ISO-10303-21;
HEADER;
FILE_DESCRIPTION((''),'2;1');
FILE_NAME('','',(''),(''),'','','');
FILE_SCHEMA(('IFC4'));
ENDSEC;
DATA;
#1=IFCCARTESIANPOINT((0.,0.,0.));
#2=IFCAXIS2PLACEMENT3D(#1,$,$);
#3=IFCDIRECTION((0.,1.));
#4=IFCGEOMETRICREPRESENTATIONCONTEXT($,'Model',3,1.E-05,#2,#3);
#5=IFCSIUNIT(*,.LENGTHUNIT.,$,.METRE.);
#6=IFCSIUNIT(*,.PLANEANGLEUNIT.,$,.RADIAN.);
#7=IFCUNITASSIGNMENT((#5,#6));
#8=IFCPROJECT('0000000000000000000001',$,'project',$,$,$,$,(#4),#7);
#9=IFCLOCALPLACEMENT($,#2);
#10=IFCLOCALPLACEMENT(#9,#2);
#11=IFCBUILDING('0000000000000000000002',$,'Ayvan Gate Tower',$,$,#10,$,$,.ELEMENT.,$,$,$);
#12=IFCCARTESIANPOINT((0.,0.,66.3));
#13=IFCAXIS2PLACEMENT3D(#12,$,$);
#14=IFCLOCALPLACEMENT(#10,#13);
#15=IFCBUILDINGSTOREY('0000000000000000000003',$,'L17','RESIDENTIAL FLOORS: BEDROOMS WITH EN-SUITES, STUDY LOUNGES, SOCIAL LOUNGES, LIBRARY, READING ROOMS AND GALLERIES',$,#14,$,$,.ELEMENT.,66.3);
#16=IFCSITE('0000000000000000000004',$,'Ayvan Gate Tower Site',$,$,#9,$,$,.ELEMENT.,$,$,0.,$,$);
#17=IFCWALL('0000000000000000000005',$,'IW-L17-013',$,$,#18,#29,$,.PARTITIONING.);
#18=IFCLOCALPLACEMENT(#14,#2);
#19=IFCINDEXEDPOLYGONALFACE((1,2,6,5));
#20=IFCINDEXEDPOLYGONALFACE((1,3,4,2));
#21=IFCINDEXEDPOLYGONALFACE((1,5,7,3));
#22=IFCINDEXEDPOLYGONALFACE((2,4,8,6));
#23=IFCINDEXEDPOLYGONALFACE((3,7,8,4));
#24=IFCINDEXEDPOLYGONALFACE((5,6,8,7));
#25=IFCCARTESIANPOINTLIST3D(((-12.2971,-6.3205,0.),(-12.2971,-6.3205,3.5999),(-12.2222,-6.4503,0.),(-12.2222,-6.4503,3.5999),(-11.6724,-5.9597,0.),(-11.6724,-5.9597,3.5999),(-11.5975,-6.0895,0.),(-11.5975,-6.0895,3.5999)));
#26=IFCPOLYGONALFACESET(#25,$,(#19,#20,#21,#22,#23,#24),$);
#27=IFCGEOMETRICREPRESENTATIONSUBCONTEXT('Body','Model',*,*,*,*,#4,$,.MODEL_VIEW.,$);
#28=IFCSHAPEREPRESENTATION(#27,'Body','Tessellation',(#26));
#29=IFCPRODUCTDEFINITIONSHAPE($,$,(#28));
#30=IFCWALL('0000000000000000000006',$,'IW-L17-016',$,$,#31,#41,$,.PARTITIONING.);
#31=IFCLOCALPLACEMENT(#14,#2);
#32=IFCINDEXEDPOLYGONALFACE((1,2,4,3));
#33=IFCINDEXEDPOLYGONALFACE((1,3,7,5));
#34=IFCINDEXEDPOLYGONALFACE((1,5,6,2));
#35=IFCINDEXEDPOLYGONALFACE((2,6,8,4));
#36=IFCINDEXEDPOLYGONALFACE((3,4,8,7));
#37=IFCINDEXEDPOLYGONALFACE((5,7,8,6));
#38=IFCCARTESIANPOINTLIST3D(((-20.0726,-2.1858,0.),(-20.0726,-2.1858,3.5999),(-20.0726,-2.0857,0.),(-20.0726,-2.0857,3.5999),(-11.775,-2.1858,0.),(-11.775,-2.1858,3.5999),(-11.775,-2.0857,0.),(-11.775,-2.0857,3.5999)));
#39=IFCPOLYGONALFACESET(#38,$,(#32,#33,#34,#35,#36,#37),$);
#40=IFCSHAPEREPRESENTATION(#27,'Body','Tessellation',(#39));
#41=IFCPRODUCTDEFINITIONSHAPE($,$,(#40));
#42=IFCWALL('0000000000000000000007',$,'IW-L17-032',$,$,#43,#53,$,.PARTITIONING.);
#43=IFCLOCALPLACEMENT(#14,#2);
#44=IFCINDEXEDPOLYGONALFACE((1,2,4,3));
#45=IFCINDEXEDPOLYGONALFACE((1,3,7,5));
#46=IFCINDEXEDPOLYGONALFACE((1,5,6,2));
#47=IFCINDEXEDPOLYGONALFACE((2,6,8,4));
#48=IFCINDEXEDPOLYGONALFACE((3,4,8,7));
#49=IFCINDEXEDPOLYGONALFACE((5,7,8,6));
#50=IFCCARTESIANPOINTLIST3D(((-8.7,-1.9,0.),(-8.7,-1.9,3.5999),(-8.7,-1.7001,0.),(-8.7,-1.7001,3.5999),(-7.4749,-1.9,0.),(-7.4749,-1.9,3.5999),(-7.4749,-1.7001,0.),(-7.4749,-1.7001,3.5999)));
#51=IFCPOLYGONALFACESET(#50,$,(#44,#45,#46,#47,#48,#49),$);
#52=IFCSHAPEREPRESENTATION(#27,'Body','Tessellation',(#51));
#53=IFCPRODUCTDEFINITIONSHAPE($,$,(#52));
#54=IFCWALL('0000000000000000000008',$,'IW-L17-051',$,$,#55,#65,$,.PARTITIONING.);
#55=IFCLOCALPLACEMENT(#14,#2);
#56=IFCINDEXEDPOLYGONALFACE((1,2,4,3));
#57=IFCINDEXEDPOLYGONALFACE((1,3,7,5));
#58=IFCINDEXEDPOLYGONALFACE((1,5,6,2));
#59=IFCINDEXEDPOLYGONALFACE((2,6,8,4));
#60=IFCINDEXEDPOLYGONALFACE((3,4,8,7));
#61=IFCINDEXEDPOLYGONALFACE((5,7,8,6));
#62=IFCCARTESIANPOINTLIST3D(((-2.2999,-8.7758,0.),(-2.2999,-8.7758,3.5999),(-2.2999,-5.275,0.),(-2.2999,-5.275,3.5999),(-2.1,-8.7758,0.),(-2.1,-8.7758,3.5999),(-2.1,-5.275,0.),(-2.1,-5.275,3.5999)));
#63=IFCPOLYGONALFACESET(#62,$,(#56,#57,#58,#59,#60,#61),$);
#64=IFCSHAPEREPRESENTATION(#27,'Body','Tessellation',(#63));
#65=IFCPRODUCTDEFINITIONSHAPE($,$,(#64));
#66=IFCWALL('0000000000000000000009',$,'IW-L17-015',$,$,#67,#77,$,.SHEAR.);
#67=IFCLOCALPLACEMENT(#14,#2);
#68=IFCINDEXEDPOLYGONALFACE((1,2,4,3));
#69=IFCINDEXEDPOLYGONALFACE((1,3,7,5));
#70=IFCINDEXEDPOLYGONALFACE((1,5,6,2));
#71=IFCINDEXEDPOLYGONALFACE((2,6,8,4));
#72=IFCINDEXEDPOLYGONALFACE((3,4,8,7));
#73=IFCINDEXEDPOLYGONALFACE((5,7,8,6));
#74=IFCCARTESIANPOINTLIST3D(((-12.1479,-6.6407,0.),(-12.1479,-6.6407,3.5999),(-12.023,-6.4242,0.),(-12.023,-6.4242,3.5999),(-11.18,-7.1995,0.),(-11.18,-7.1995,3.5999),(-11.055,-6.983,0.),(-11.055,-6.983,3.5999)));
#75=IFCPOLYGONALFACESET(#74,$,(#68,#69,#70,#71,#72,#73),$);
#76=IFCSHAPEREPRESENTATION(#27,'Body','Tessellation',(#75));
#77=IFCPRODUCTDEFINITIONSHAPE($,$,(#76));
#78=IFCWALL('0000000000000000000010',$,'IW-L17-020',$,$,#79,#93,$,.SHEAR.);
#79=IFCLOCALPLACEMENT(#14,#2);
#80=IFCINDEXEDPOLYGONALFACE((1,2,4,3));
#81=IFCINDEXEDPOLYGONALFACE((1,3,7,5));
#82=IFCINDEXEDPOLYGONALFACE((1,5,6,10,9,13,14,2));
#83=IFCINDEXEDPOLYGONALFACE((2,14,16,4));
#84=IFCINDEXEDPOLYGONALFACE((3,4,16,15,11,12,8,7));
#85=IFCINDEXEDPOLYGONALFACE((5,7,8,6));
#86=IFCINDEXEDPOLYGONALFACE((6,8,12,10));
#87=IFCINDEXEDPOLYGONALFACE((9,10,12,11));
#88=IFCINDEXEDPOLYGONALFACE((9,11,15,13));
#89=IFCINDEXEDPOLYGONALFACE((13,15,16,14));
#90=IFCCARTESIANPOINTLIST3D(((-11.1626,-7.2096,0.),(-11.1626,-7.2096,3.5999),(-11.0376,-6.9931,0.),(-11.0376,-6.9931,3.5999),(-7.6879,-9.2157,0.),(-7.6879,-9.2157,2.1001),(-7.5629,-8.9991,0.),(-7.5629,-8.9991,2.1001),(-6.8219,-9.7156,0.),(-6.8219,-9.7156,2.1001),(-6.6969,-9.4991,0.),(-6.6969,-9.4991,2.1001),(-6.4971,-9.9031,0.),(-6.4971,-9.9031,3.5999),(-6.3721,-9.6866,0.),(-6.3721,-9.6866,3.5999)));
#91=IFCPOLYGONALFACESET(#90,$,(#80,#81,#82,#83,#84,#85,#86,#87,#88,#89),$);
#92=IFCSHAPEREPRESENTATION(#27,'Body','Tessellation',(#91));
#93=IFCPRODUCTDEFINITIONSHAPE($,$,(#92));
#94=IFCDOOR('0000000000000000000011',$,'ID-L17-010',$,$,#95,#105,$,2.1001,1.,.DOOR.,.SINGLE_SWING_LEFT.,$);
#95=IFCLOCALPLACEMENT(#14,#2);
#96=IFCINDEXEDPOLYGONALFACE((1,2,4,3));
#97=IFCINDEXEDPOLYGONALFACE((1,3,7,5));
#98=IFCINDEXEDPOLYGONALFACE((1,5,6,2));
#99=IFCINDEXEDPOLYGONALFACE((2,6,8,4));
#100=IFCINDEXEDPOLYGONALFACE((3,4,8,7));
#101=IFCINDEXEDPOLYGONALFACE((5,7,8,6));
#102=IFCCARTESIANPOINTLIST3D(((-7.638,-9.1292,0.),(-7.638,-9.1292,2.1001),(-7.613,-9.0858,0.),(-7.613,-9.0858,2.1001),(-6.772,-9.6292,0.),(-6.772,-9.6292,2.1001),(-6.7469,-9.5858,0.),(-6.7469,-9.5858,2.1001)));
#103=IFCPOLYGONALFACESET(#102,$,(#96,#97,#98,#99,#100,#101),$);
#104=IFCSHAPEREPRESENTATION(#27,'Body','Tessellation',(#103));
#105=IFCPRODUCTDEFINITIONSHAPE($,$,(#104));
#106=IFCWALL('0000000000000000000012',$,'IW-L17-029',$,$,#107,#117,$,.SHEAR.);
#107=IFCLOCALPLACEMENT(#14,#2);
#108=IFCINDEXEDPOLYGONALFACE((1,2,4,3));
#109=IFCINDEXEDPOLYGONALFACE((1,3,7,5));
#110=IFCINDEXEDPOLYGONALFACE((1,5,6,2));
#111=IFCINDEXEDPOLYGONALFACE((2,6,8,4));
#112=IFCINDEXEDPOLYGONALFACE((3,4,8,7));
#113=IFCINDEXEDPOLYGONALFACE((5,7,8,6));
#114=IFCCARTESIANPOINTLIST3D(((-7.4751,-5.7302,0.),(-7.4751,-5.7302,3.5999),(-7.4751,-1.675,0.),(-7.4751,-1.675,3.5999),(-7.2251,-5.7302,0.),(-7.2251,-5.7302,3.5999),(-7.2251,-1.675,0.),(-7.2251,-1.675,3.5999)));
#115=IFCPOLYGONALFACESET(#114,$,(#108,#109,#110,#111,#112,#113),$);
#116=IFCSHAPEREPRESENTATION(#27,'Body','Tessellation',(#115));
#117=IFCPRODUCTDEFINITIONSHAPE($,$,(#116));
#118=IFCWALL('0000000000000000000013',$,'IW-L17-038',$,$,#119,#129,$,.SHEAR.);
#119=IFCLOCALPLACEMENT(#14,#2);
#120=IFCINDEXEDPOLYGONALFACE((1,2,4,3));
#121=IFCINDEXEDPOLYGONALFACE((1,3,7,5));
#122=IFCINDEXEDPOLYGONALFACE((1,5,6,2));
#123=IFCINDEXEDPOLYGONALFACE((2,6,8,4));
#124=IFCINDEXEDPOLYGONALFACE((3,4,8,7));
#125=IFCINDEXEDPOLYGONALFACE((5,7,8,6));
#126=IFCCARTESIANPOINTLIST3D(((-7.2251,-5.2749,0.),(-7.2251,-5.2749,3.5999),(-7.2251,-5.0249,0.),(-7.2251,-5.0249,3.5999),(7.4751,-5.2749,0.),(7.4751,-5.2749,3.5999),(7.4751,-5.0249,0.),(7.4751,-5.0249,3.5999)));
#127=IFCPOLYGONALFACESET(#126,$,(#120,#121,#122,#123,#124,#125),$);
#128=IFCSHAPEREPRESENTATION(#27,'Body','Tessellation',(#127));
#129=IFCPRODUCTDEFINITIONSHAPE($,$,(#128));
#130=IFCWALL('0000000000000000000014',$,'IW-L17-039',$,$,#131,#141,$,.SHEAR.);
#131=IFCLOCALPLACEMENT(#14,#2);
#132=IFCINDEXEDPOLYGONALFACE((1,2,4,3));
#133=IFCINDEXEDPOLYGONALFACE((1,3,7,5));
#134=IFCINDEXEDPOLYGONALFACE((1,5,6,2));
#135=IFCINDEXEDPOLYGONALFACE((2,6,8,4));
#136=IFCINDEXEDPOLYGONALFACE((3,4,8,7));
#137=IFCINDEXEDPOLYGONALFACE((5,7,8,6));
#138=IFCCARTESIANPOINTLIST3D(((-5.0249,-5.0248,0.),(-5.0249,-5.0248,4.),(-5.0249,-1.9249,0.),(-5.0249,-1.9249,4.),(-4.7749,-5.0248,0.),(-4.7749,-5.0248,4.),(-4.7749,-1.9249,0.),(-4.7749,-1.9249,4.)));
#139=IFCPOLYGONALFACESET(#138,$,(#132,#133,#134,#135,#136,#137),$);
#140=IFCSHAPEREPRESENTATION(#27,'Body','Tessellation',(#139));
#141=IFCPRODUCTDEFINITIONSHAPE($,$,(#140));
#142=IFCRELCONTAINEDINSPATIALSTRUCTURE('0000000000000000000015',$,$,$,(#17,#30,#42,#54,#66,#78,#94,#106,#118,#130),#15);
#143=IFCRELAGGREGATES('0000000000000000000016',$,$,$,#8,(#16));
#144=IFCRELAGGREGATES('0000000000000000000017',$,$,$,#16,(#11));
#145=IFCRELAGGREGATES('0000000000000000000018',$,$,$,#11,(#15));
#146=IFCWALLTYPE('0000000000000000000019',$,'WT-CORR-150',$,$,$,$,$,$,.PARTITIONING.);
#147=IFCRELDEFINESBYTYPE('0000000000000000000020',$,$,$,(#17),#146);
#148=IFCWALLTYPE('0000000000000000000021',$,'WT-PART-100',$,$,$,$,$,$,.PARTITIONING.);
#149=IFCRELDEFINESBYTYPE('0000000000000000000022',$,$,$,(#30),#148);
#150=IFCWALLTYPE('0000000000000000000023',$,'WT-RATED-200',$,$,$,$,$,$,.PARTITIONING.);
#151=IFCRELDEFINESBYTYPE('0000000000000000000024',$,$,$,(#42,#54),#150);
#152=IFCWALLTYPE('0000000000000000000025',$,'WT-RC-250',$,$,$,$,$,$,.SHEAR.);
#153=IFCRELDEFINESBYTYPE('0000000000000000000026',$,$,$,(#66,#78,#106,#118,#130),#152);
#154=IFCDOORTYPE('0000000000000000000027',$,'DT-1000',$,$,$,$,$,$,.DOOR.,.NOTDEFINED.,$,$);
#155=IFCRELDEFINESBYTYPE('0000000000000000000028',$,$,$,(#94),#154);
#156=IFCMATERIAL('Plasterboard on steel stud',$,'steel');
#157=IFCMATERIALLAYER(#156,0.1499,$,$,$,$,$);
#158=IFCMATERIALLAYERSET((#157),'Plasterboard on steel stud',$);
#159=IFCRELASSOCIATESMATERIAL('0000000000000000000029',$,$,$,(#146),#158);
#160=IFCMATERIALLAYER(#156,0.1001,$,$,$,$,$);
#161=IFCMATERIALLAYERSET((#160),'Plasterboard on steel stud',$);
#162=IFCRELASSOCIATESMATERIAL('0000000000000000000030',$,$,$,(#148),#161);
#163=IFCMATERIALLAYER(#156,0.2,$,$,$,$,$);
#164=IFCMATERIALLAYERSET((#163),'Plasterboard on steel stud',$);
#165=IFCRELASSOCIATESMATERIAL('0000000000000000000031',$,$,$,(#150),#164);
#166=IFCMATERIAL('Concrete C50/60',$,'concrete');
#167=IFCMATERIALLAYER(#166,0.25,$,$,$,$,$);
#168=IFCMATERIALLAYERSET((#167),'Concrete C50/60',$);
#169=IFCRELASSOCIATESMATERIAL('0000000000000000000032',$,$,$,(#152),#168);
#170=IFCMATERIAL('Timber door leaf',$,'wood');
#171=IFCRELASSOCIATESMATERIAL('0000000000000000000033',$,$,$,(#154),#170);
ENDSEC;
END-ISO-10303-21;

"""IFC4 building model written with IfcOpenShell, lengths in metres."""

from ifc_helpers import new_model, si_unit, direction, frame, frame_2d, origin, place, context, subcontext, project, spatial, rectangle, extrude, material, layer, layer_set, type_object, element, fill, save


model = new_model("IFC4")

# Units and contexts
model_context = context("Model", 3, precision=1e-05, world=origin(), true_north=direction((0.0, 1.0)))
body_context = subcontext(model_context, "Body", "Model", "MODEL_VIEW")
ifc_project = project(units=[si_unit("LENGTHUNIT", "METRE"), si_unit("PLANEANGLEUNIT", "RADIAN")], contexts=[model_context])

# Site, building, storey
site_placement = place(None, origin())
site = spatial("IfcSite", under=ifc_project, at=site_placement, Name="Ayvan Gate Tower Site", CompositionType="ELEMENT", RefElevation=0.0)
building_placement = place(site_placement, origin())
building = spatial("IfcBuilding", under=site, at=building_placement, Name="Ayvan Gate Tower", CompositionType="ELEMENT")
storey_placement = place(building_placement, frame((0.0, 0.0, 66.3)))
storey = spatial("IfcBuildingStorey", under=building, at=storey_placement, Name="L17", Description="RESIDENTIAL FLOORS: BEDROOMS WITH EN-SUITES, STUDY LOUNGES, SOCIAL LOUNGES, LIBRARY, READING ROOMS AND GALLERIES", CompositionType="ELEMENT", Elevation=66.3)

# Shared definitions
ifc_material_1 = material(Name="Timber door leaf", Category="wood")

# Walls
ifc_material_2 = material(Name="Plasterboard on steel stud", Category="steel")
ifc_layer_1 = layer(ifc_material_2, 0.1499)
ifc_layer_set_1 = layer_set([ifc_layer_1], Name="Plasterboard on steel stud")
wall_type_1 = type_object("IfcWallType", Name="WT-CORR-150", PredefinedType="PARTITIONING", material=ifc_layer_set_1)
wall_1_placement = place(storey_placement, frame((-12.2598, -6.3855, 0.0), z_axis=(0.0, 0.0, 1.0), x_axis=(0.865943, 0.500142, 0.0)))
element("IfcWall", 1, at=wall_1_placement, inside=storey, type_object=wall_type_1, Name="IW-L17-013", PredefinedType="PARTITIONING", context=body_context, shape_type="SweptSolid", body=[
    extrude(rectangle(XDim=0.7214, YDim=0.1499, at=frame_2d((0.3608, 0.0))), origin(), (0.0, 0.0, 1.0), 3.5999),
])
ifc_layer_2 = layer(ifc_material_2, 0.1001)
ifc_layer_set_2 = layer_set([ifc_layer_2], Name="Plasterboard on steel stud")
wall_type_2 = type_object("IfcWallType", Name="WT-PART-100", PredefinedType="PARTITIONING", material=ifc_layer_set_2)
wall_2_placement = place(storey_placement, frame((-11.7749, -2.1357, 0.0), z_axis=(0.0, 0.0, 1.0), x_axis=(-1.0, 0.0, 0.0)))
element("IfcWall", 2, at=wall_2_placement, inside=storey, type_object=wall_type_2, Name="IW-L17-016", PredefinedType="PARTITIONING", context=body_context, shape_type="SweptSolid", body=[
    extrude(rectangle(XDim=8.2976, YDim=0.1001, at=frame_2d((4.1489, 0.0))), origin(), (0.0, 0.0, 1.0), 3.5999),
])
ifc_layer_3 = layer(ifc_material_2, 0.2)
ifc_layer_set_3 = layer_set([ifc_layer_3], Name="Plasterboard on steel stud")
wall_type_3 = type_object("IfcWallType", Name="WT-RATED-200", PredefinedType="PARTITIONING", material=ifc_layer_set_3)
wall_3_placement = place(storey_placement, frame((-7.4749, -1.8, 0.0), z_axis=(0.0, 0.0, 1.0), x_axis=(-1.0, 0.0, 0.0)))
element("IfcWall", 3, at=wall_3_placement, inside=storey, type_object=wall_type_3, Name="IW-L17-032", PredefinedType="PARTITIONING", context=body_context, shape_type="SweptSolid", body=[
    extrude(rectangle(XDim=1.2251, YDim=0.2, at=frame_2d((0.6125, 0.0))), origin(), (0.0, 0.0, 1.0), 3.5999),
])
wall_4_placement = place(storey_placement, frame((-2.2, -5.2749, 0.0), z_axis=(0.0, 0.0, 1.0), x_axis=(0.0, -1.0, 0.0)))
element("IfcWall", 4, at=wall_4_placement, inside=storey, type_object=wall_type_3, Name="IW-L17-051", PredefinedType="PARTITIONING", context=body_context, shape_type="SweptSolid", body=[
    extrude(rectangle(XDim=3.5007, YDim=0.2, at=frame_2d((1.7505, 0.0))), origin(), (0.0, 0.0, 1.0), 3.5999),
])
ifc_material_3 = material(Name="Concrete C50/60", Category="concrete")
ifc_layer_4 = layer(ifc_material_3, 0.25)
ifc_layer_set_4 = layer_set([ifc_layer_4], Name="Concrete C50/60")
wall_type_4 = type_object("IfcWallType", Name="WT-RC-250", PredefinedType="SHEAR", material=ifc_layer_set_4)
wall_5_placement = place(storey_placement, frame((-12.0854, -6.5325, 0.0), z_axis=(0.0, 0.0, 1.0), x_axis=(0.866044, -0.499968, 0.0)))
element("IfcWall", 5, at=wall_5_placement, inside=storey, type_object=wall_type_4, Name="IW-L17-015", PredefinedType="SHEAR", context=body_context, shape_type="SweptSolid", body=[
    extrude(rectangle(XDim=1.1177, YDim=0.25, at=frame_2d((0.5588, 0.0))), origin(), (0.0, 0.0, 1.0), 3.5999),
])

# Wall, opening, door
wall_6_placement = place(storey_placement, frame((-11.1001, -7.1013, 0.0), z_axis=(0.0, 0.0, 1.0), x_axis=(0.866029, -0.499994, 0.0)))
wall_6 = element("IfcWall", 6, at=wall_6_placement, inside=storey, type_object=wall_type_4, Name="IW-L17-020", PredefinedType="SHEAR", context=body_context, shape_type="SweptSolid", body=[
    extrude(rectangle(XDim=5.3872, YDim=0.25, at=frame_2d((2.6936, 0.0))), origin(), (0.0, 0.0, 1.0), 3.5999),
])
opening_1_placement = place(wall_6_placement, frame((4.0122, 0.0, 0.0)))
opening_1 = element("IfcOpeningElement", 7, at=opening_1_placement, cuts=wall_6, PredefinedType="OPENING", context=body_context, shape_type="SweptSolid", body=[
    extrude(rectangle(XDim=1.0, YDim=2.1001, at=frame_2d((0.5, 1.05))), frame((0.0, 0.135, 0.0), z_axis=(0.0, -1.0, 0.0), x_axis=(1.0, 0.0, 0.0)), (0.0, 0.0, 1.0), 0.27),
])
door_type_1 = type_object("IfcDoorType", Name="DT-1000", OperationType="NOTDEFINED", PredefinedType="DOOR", material=ifc_material_1)
door_1_placement = place(opening_1_placement, origin())
door_1 = element("IfcDoor", 8, at=door_1_placement, inside=storey, type_object=door_type_1, Name="ID-L17-010", OperationType="SINGLE_SWING_LEFT", OverallHeight=2.1001, OverallWidth=1.0, PredefinedType="DOOR", context=body_context, shape_type="SweptSolid", body=[
    extrude(rectangle(XDim=1.0, YDim=2.1001, at=frame_2d((0.5, 1.05))), frame((0.0, 0.0249, 0.0), z_axis=(0.0, -1.0, 0.0), x_axis=(1.0, 0.0, 0.0)), (0.0, 0.0, 1.0), 0.05),
])
fill(opening_1, door_1)

# Walls
wall_7_placement = place(storey_placement, frame((-7.3501, -5.7302, 0.0), z_axis=(0.0, 0.0, 1.0), x_axis=(0.0, 1.0, 0.0)))
element("IfcWall", 9, at=wall_7_placement, inside=storey, type_object=wall_type_4, Name="IW-L17-029", PredefinedType="SHEAR", context=body_context, shape_type="SweptSolid", body=[
    extrude(rectangle(XDim=4.0552, YDim=0.25, at=frame_2d((2.0276, 0.0))), origin(), (0.0, 0.0, 1.0), 3.5999),
])
wall_8_placement = place(storey_placement, frame((-7.2251, -5.1499, 0.0), z_axis=(0.0, 0.0, 1.0), x_axis=(1.0, 0.0, 0.0)))
element("IfcWall", 10, at=wall_8_placement, inside=storey, type_object=wall_type_4, Name="IW-L17-038", PredefinedType="SHEAR", context=body_context, shape_type="SweptSolid", body=[
    extrude(rectangle(XDim=14.7002, YDim=0.25, at=frame_2d((7.3501, 0.0))), origin(), (0.0, 0.0, 1.0), 3.5999),
])
wall_9_placement = place(storey_placement, frame((-4.8999, -1.925, 0.0), z_axis=(0.0, 0.0, 1.0), x_axis=(0.0, -1.0, 0.0)))
element("IfcWall", 11, at=wall_9_placement, inside=storey, type_object=wall_type_4, Name="IW-L17-039", PredefinedType="SHEAR", context=body_context, shape_type="SweptSolid", body=[
    extrude(rectangle(XDim=3.0999, YDim=0.25, at=frame_2d((1.5498, 0.0))), origin(), (0.0, 0.0, 1.0), 4.0),
])

save(model, "model.ifc")
